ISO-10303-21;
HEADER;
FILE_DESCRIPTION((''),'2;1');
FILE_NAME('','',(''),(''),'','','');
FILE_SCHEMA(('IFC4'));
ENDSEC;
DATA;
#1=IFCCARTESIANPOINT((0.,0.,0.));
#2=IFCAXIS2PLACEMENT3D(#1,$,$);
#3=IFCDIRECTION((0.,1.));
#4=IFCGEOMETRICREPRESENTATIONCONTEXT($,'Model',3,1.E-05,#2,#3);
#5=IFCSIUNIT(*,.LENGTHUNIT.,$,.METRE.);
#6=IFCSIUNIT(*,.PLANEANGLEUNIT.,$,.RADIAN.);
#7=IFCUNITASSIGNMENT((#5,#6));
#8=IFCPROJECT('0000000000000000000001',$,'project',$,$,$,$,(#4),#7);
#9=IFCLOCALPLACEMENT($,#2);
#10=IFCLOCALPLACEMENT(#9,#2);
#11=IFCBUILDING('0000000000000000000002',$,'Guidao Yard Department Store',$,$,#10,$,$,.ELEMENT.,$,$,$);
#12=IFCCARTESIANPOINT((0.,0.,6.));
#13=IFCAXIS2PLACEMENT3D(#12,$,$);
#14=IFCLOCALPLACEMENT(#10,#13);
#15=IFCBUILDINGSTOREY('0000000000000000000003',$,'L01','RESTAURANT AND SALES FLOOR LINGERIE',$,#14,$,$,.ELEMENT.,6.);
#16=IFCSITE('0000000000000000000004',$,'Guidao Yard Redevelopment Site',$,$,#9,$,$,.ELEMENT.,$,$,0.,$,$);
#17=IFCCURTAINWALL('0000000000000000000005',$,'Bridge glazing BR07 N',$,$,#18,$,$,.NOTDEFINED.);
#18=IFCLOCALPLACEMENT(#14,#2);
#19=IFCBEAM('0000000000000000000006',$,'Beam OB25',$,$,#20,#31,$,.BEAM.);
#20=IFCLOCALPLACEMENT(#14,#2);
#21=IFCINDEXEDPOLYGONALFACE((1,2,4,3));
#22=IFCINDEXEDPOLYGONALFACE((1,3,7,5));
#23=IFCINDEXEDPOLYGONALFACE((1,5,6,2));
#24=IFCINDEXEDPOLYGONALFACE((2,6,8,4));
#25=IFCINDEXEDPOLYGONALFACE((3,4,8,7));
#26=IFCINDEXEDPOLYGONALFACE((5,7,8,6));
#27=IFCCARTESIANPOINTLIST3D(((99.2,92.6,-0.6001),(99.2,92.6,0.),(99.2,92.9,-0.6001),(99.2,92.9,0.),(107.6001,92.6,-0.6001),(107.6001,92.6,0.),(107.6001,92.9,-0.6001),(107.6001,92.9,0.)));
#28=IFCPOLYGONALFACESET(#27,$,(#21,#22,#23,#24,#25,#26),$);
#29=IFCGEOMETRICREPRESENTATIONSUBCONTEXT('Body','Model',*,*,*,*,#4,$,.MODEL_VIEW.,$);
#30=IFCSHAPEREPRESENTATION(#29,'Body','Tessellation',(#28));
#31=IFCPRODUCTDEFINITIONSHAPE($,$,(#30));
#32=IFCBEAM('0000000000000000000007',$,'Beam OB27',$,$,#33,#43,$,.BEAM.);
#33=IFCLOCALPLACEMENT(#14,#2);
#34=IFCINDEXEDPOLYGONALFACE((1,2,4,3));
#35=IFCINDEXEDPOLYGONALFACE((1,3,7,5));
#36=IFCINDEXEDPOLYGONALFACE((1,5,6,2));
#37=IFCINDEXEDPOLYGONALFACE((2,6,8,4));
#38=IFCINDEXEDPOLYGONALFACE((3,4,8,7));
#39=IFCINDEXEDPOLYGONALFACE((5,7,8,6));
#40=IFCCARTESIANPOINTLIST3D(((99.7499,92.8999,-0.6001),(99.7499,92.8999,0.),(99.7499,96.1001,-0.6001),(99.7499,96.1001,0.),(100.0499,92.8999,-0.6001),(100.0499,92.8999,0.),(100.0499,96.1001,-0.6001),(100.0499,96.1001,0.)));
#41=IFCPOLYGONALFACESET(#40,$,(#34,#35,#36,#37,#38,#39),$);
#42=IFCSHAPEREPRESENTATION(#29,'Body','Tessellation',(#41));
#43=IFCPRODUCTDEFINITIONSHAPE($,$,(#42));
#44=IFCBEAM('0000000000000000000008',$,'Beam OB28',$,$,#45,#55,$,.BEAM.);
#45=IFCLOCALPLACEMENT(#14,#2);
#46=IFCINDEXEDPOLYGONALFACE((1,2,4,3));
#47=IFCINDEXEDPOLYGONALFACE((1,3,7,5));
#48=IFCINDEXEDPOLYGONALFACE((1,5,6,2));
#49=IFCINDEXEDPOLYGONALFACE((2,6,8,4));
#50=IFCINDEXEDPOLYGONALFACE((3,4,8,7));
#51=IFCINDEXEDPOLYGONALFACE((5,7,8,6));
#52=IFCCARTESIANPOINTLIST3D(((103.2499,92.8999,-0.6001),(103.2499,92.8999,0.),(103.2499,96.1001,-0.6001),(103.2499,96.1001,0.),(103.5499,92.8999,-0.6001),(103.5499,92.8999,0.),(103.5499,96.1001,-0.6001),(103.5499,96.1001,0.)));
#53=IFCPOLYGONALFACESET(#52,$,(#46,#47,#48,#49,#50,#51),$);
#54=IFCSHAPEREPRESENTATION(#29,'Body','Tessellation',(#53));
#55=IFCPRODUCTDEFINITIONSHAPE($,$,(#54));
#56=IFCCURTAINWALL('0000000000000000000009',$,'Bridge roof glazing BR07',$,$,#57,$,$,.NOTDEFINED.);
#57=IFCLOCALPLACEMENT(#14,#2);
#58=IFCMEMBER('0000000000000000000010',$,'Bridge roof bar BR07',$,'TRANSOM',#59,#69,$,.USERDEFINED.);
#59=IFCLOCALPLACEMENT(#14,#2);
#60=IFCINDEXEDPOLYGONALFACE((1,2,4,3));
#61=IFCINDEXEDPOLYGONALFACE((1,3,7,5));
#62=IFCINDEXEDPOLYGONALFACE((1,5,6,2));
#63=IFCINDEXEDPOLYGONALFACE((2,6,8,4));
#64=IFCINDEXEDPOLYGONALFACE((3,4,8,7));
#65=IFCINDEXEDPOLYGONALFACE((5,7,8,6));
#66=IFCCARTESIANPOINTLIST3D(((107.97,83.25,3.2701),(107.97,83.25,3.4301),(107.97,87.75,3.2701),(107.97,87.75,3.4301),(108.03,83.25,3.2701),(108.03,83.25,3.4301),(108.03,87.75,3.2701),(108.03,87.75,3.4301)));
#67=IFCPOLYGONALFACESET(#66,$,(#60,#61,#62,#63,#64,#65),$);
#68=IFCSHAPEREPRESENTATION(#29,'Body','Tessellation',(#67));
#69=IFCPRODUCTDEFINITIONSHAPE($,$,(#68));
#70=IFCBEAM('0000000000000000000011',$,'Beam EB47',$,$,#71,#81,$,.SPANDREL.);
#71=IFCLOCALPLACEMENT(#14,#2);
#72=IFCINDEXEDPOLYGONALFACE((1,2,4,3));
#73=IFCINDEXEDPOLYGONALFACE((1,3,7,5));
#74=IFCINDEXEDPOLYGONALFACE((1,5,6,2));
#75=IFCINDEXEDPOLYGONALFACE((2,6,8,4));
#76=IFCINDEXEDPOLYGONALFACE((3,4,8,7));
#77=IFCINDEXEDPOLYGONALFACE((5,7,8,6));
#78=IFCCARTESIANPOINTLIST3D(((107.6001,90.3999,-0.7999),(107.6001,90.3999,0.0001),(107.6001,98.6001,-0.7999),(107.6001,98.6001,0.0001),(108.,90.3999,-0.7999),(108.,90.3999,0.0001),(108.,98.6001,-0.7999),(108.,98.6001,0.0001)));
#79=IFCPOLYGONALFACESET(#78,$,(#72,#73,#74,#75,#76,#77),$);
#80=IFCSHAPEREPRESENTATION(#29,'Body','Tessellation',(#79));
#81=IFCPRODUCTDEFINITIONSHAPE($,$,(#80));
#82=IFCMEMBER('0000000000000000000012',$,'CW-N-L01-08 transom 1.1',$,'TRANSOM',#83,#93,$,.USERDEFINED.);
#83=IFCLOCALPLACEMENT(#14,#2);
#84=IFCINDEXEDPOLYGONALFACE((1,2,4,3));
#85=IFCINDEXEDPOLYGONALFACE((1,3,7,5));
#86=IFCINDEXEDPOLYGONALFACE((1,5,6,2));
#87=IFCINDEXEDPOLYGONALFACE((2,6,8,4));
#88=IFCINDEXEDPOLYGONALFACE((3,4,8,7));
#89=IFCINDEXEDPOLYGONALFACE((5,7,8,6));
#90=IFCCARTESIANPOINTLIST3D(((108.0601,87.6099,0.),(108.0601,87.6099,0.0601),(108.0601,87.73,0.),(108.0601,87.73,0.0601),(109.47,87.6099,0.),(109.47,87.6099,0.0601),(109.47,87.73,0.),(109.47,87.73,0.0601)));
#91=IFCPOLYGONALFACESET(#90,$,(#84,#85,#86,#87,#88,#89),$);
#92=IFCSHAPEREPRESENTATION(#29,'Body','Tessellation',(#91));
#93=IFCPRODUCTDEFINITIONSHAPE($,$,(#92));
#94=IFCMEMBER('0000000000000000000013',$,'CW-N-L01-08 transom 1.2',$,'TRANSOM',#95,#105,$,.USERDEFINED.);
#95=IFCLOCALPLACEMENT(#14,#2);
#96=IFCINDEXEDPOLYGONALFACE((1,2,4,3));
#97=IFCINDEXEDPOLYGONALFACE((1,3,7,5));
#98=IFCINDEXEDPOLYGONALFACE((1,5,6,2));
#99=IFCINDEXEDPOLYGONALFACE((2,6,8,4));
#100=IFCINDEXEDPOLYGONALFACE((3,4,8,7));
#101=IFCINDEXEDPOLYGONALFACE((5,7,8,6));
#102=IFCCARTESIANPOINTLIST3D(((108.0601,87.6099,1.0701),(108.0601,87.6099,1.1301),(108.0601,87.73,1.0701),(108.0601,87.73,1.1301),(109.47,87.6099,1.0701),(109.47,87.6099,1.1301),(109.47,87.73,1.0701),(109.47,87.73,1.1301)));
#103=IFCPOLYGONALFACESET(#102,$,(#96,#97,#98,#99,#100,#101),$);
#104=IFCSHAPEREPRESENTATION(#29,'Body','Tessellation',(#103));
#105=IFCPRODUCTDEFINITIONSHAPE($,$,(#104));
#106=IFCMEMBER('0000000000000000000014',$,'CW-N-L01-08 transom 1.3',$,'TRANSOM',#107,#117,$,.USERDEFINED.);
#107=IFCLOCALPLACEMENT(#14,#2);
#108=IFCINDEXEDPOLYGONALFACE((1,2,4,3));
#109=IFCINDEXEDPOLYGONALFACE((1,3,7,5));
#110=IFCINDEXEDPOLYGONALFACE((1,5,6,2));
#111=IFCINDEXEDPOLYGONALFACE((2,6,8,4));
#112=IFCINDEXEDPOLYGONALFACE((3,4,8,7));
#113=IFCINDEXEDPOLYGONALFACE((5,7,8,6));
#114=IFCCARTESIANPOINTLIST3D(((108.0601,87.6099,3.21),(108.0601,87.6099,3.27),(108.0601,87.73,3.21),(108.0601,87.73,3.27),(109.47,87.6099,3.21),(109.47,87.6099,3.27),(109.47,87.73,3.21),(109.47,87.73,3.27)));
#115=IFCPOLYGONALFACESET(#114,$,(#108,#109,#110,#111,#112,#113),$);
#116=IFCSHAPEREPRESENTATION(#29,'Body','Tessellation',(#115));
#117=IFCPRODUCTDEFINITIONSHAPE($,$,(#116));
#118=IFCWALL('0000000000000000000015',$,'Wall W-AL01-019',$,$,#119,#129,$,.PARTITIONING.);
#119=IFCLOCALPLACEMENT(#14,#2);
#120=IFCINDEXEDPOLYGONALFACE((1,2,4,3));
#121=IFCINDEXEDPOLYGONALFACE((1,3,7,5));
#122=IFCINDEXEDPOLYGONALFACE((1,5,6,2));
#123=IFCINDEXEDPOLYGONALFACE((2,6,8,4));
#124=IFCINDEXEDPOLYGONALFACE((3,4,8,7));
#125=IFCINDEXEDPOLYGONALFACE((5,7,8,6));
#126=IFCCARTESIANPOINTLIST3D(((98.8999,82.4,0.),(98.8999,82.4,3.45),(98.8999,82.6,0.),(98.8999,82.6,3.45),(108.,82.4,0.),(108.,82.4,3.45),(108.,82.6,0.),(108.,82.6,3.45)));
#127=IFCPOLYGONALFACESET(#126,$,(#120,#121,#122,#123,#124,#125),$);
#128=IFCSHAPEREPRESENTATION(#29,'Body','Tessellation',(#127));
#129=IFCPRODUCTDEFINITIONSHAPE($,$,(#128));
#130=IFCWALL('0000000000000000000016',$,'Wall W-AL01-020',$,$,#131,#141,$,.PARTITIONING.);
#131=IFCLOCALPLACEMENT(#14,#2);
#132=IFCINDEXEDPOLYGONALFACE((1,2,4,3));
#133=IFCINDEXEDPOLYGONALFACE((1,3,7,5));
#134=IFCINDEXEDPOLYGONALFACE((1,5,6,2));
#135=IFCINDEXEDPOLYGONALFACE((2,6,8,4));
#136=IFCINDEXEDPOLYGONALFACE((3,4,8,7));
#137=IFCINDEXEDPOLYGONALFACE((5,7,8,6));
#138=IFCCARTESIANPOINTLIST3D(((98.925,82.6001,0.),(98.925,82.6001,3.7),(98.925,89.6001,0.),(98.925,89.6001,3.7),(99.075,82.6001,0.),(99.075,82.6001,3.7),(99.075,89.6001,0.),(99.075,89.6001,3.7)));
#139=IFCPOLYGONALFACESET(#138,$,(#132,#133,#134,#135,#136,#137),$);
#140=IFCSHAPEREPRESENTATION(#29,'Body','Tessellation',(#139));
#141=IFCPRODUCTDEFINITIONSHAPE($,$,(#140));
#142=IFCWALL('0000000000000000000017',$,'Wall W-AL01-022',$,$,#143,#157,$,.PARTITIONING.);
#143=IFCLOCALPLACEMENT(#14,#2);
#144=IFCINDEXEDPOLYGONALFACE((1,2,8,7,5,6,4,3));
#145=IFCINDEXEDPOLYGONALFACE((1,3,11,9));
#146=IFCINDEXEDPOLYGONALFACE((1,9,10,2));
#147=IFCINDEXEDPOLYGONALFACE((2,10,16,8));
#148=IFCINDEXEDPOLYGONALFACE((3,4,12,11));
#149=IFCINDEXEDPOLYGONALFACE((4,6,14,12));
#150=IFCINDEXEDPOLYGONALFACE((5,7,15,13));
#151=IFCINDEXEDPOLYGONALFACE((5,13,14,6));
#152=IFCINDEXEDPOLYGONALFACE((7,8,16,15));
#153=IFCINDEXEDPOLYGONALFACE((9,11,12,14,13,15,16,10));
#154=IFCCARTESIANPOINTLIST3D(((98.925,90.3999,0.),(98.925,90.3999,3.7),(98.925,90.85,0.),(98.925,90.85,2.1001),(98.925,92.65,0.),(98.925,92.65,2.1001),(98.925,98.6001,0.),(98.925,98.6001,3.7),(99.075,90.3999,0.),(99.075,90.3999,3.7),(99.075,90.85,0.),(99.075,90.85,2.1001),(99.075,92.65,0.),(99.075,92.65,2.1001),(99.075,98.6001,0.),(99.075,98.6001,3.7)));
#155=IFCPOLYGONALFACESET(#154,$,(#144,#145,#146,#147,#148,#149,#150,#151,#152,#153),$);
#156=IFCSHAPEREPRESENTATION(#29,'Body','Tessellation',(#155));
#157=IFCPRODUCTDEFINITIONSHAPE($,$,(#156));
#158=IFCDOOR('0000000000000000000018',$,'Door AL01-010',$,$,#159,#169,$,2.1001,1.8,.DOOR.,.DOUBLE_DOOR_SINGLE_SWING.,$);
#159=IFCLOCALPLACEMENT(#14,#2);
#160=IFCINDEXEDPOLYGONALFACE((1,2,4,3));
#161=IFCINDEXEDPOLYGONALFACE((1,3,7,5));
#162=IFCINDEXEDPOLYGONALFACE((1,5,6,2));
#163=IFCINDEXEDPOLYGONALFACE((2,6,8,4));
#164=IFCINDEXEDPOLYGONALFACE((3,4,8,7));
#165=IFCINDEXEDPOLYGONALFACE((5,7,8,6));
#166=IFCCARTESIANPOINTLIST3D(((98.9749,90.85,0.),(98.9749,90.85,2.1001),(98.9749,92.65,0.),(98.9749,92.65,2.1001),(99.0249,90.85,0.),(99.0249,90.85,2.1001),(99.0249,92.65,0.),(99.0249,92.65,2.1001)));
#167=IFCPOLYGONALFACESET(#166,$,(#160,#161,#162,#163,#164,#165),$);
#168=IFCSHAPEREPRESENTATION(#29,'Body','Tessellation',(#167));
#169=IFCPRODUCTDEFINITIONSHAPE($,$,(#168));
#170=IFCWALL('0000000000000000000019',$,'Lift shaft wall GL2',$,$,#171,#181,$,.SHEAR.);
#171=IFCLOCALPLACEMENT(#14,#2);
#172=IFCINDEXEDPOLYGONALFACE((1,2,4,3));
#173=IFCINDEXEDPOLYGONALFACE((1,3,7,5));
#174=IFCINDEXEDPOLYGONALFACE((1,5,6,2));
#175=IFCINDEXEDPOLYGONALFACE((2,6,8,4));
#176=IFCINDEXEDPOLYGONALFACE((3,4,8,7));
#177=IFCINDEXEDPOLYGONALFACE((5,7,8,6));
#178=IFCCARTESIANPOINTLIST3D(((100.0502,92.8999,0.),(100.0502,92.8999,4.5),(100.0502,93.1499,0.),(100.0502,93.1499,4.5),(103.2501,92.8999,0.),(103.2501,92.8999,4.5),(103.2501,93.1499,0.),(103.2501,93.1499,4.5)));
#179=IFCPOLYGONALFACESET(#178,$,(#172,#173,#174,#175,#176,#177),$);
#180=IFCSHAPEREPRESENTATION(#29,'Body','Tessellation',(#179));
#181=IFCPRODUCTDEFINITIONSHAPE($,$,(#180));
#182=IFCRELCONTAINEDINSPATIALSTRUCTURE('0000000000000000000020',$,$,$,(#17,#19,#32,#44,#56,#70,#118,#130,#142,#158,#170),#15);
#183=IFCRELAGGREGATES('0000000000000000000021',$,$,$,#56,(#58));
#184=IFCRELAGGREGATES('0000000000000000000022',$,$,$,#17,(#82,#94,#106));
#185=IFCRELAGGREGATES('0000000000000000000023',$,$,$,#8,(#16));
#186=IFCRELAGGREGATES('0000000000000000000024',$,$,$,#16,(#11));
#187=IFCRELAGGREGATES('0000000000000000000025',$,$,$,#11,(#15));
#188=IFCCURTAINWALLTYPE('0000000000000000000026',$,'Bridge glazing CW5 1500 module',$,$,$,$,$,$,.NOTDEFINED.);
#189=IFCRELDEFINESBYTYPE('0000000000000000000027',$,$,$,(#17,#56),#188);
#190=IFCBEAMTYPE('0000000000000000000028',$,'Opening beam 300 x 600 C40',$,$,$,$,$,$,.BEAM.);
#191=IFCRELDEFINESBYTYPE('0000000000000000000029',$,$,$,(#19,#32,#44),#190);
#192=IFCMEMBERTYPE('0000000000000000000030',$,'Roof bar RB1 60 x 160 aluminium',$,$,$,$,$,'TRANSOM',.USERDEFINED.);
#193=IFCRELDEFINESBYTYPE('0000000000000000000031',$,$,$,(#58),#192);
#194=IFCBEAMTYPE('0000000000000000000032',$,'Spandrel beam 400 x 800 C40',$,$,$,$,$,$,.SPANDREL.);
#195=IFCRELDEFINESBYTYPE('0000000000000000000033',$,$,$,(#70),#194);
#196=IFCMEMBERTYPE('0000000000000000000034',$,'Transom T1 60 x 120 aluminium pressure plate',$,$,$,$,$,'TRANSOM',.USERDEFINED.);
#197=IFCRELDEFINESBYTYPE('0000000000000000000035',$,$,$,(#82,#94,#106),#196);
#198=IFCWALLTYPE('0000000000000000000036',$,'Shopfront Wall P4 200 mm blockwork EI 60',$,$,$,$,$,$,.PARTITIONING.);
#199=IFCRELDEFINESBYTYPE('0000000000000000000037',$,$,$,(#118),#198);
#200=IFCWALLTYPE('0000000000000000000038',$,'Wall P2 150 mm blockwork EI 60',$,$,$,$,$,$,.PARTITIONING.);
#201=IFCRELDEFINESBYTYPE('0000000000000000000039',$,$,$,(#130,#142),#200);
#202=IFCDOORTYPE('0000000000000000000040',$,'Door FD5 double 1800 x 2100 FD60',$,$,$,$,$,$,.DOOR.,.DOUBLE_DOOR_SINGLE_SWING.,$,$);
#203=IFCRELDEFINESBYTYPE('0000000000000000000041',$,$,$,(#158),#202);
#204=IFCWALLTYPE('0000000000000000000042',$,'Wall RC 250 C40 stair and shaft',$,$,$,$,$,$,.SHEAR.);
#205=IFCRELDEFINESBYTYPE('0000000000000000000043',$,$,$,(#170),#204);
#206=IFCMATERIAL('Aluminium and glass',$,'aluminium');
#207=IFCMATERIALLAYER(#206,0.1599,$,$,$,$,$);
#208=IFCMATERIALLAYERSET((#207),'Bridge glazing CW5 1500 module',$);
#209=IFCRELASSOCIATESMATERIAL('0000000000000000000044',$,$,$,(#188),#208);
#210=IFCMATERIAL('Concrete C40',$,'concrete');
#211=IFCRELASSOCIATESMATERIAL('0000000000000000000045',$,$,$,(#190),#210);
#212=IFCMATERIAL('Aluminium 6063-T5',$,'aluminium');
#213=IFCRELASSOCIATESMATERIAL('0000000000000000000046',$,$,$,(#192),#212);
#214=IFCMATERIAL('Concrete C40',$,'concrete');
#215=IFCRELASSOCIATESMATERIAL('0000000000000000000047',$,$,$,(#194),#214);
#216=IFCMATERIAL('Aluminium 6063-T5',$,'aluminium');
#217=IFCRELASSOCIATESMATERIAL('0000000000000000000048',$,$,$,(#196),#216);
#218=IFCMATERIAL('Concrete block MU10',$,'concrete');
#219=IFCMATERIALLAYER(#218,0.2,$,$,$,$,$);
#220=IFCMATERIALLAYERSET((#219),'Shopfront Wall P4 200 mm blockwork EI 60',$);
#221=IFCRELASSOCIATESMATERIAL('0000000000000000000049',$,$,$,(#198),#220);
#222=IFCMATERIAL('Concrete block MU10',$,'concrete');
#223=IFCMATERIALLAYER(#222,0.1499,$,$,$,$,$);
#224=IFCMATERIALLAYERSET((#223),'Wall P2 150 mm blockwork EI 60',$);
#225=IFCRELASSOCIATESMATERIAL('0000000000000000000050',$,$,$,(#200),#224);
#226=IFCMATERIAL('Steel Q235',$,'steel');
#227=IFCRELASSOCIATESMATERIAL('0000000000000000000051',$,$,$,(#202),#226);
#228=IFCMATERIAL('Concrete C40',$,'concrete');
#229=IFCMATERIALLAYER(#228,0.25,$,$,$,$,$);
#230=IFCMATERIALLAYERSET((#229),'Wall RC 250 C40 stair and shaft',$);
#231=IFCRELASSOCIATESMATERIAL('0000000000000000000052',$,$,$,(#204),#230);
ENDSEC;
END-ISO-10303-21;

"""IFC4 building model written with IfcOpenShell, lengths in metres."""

from ifc_helpers import new_model, si_unit, direction, frame, frame_2d, origin, origin_2d, place, context, subcontext, project, spatial, rectangle, extrude, material, layer, layer_set, material_profile, profile_set, type_object, element, fill, aggregate, save


model = new_model("IFC4")

# Units and contexts
model_context = context("Model", 3, precision=1e-05, world=origin(), true_north=direction((0.0, 1.0)))
body_context = subcontext(model_context, "Body", "Model", "MODEL_VIEW")
ifc_project = project(units=[si_unit("LENGTHUNIT", "METRE"), si_unit("PLANEANGLEUNIT", "RADIAN")], contexts=[model_context])

# Site, building, storey
site_placement = place(None, origin())
site = spatial("IfcSite", under=ifc_project, at=site_placement, Name="Guidao Yard Redevelopment Site", CompositionType="ELEMENT", RefElevation=0.0)
building_placement = place(site_placement, origin())
building = spatial("IfcBuilding", under=site, at=building_placement, Name="Guidao Yard Department Store", CompositionType="ELEMENT")
storey_placement = place(building_placement, frame((0.0, 0.0, 6.0)))
storey = spatial("IfcBuildingStorey", under=building, at=storey_placement, Name="L01", Description="RESTAURANT AND SALES FLOOR LINGERIE", CompositionType="ELEMENT", Elevation=6.0)

# Curtain wall
ifc_material_1 = material(Name="Aluminium and glass", Category="aluminium")
ifc_layer_1 = layer(ifc_material_1, 0.1599)
ifc_layer_set_1 = layer_set([ifc_layer_1], Name="Bridge glazing CW5 1500 module")
curtain_wall_type = type_object("IfcCurtainWallType", Name="Bridge glazing CW5 1500 module", PredefinedType="NOTDEFINED", material=ifc_layer_set_1)
curtain_wall_1_placement = place(storey_placement, origin())
curtain_wall_1 = element("IfcCurtainWall", 1, at=curtain_wall_1_placement, inside=storey, type_object=curtain_wall_type, Name="Bridge glazing BR07 N", PredefinedType="NOTDEFINED")

# Beams
ifc_material_2 = material(Name="Concrete C40", Category="concrete")
ifc_material_profile_1 = material_profile(ifc_material_2, rectangle(XDim=0.3, YDim=0.6001, at=origin_2d()), Name="Opening beam 300 x 600 C40")
ifc_profile_set_1 = profile_set([ifc_material_profile_1], Name="Concrete C40")
beam_type_1 = type_object("IfcBeamType", Name="Opening beam 300 x 600 C40", PredefinedType="BEAM", material=ifc_profile_set_1)
beam_1_placement = place(storey_placement, frame((99.2, 92.75, -0.3), z_axis=(1.0, 0.0, 0.0), x_axis=(0.0, 1.0, 0.0)))
element("IfcBeam", 2, at=beam_1_placement, inside=storey, type_object=beam_type_1, Name="Beam OB25", PredefinedType="BEAM", context=body_context, shape_type="SweptSolid", body=[
    extrude(rectangle(XDim=0.3, YDim=0.6001, at=origin_2d()), origin(), (0.0, 0.0, 1.0), 8.4001),
])
for number, where, z_axis, x_axis, name in (
    (3, (99.8999, 92.8999, -0.3), (0.0, 1.0, 0.0), (-1.0, 0.0, 0.0), "Beam OB27"),
    (4, (103.3999, 92.8999, -0.3), (0.0, 1.0, 0.0), (-1.0, 0.0, 0.0), "Beam OB28"),
):
    element("IfcBeam", number, at=place(storey_placement, frame(where, z_axis=z_axis, x_axis=x_axis)), inside=storey, type_object=beam_type_1, Name=name, PredefinedType="BEAM", context=body_context, shape_type="SweptSolid", body=[
        extrude(rectangle(XDim=0.3, YDim=0.6001, at=origin_2d()), origin(), (0.0, 0.0, 1.0), 3.2002),
    ])

# Curtain wall, member
curtain_wall_2_placement = place(storey_placement, origin())
curtain_wall_2 = element("IfcCurtainWall", 5, at=curtain_wall_2_placement, inside=storey, type_object=curtain_wall_type, Name="Bridge roof glazing BR07", PredefinedType="NOTDEFINED")
ifc_material_3 = material(Name="Aluminium 6063-T5", Category="aluminium")
ifc_material_profile_2 = material_profile(ifc_material_3, rectangle(XDim=0.0601, YDim=0.1599, at=origin_2d()), Name="Roof bar RB1 60 x 160 aluminium")
ifc_profile_set_2 = profile_set([ifc_material_profile_2], Name="Aluminium 6063-T5")
member_type_1 = type_object("IfcMemberType", Name="Roof bar RB1 60 x 160 aluminium", ElementType="TRANSOM", PredefinedType="USERDEFINED", material=ifc_profile_set_2)
member_1_placement = place(storey_placement, frame((108.0, 83.25, 3.3501), z_axis=(0.0, 1.0, 0.0), x_axis=(-1.0, 0.0, 0.0)))
member_1 = element("IfcMember", 6, at=member_1_placement, type_object=member_type_1, Name="Bridge roof bar BR07", ObjectType="TRANSOM", PredefinedType="USERDEFINED", context=body_context, shape_type="SweptSolid", body=[
    extrude(rectangle(XDim=0.0601, YDim=0.1599, at=origin_2d()), origin(), (0.0, 0.0, 1.0), 4.5),
])
aggregate(curtain_wall_2, [member_1])

# Beam
ifc_material_4 = material(Name="Concrete C40", Category="concrete")
ifc_material_profile_3 = material_profile(ifc_material_4, rectangle(XDim=0.3999, YDim=0.8, at=origin_2d()), Name="Spandrel beam 400 x 800 C40")
ifc_profile_set_3 = profile_set([ifc_material_profile_3], Name="Concrete C40")
beam_type_2 = type_object("IfcBeamType", Name="Spandrel beam 400 x 800 C40", PredefinedType="SPANDREL", material=ifc_profile_set_3)
beam_2_placement = place(storey_placement, frame((107.8, 90.3999, -0.3999), z_axis=(0.0, 1.0, 0.0), x_axis=(-1.0, 0.0, 0.0)))
element("IfcBeam", 7, at=beam_2_placement, inside=storey, type_object=beam_type_2, Name="Beam EB47", PredefinedType="SPANDREL", context=body_context, shape_type="SweptSolid", body=[
    extrude(rectangle(XDim=0.3999, YDim=0.8, at=origin_2d()), origin(), (0.0, 0.0, 1.0), 8.2002),
])

# Members
ifc_material_5 = material(Name="Aluminium 6063-T5", Category="aluminium")
ifc_material_profile_4 = material_profile(ifc_material_5, rectangle(XDim=0.1201, YDim=0.0601, at=origin_2d()), Name="Transom T1 60 x 120 aluminium pressure plate")
ifc_profile_set_4 = profile_set([ifc_material_profile_4], Name="Aluminium 6063-T5")
member_type_2 = type_object("IfcMemberType", Name="Transom T1 60 x 120 aluminium pressure plate", ElementType="TRANSOM", PredefinedType="USERDEFINED", material=ifc_profile_set_4)
member_2_placement = place(storey_placement, frame((108.0601, 87.6699, 0.03), z_axis=(1.0, 0.0, 0.0), x_axis=(0.0, 1.0, 0.0)))
member_2 = element("IfcMember", 8, at=member_2_placement, type_object=member_type_2, Name="CW-N-L01-08 transom 1.1", ObjectType="TRANSOM", PredefinedType="USERDEFINED", context=body_context, shape_type="SweptSolid", body=[
    extrude(rectangle(XDim=0.1201, YDim=0.0601, at=origin_2d()), origin(), (0.0, 0.0, 1.0), 1.4099),
])
member_3_placement = place(storey_placement, frame((108.0601, 87.6699, 1.1001), z_axis=(1.0, 0.0, 0.0), x_axis=(0.0, 1.0, 0.0)))
member_3 = element("IfcMember", 9, at=member_3_placement, type_object=member_type_2, Name="CW-N-L01-08 transom 1.2", ObjectType="TRANSOM", PredefinedType="USERDEFINED", context=body_context, shape_type="SweptSolid", body=[
    extrude(rectangle(XDim=0.1201, YDim=0.0601, at=origin_2d()), origin(), (0.0, 0.0, 1.0), 1.4099),
])
member_4_placement = place(storey_placement, frame((108.0601, 87.6699, 3.24), z_axis=(1.0, 0.0, 0.0), x_axis=(0.0, 1.0, 0.0)))
member_4 = element("IfcMember", 10, at=member_4_placement, type_object=member_type_2, Name="CW-N-L01-08 transom 1.3", ObjectType="TRANSOM", PredefinedType="USERDEFINED", context=body_context, shape_type="SweptSolid", body=[
    extrude(rectangle(XDim=0.1201, YDim=0.0601, at=origin_2d()), origin(), (0.0, 0.0, 1.0), 1.4099),
])
aggregate(curtain_wall_1, [member_2, member_3, member_4])

# Walls
ifc_material_6 = material(Name="Concrete block MU10", Category="concrete")
ifc_layer_2 = layer(ifc_material_6, 0.2)
ifc_layer_set_2 = layer_set([ifc_layer_2], Name="Shopfront Wall P4 200 mm blockwork EI 60")
wall_type_1 = type_object("IfcWallType", Name="Shopfront Wall P4 200 mm blockwork EI 60", PredefinedType="PARTITIONING", material=ifc_layer_set_2)
wall_1_placement = place(storey_placement, frame((98.8999, 82.5, 0.0), z_axis=(0.0, 0.0, 1.0), x_axis=(1.0, 0.0, 0.0)))
element("IfcWall", 11, at=wall_1_placement, inside=storey, type_object=wall_type_1, Name="Wall W-AL01-019", PredefinedType="PARTITIONING", context=body_context, shape_type="SweptSolid", body=[
    extrude(rectangle(XDim=9.1001, YDim=0.2, at=frame_2d((4.55, 0.0))), origin(), (0.0, 0.0, 1.0), 3.45),
])
ifc_material_7 = material(Name="Concrete block MU10", Category="concrete")
ifc_layer_3 = layer(ifc_material_7, 0.1499)
ifc_layer_set_3 = layer_set([ifc_layer_3], Name="Wall P2 150 mm blockwork EI 60")
wall_type_2 = type_object("IfcWallType", Name="Wall P2 150 mm blockwork EI 60", PredefinedType="PARTITIONING", material=ifc_layer_set_3)
wall_2_placement = place(storey_placement, frame((99.0, 82.6001, 0.0), z_axis=(0.0, 0.0, 1.0), x_axis=(0.0, 1.0, 0.0)))
element("IfcWall", 12, at=wall_2_placement, inside=storey, type_object=wall_type_2, Name="Wall W-AL01-020", PredefinedType="PARTITIONING", context=body_context, shape_type="SweptSolid", body=[
    extrude(rectangle(XDim=7.0, YDim=0.1499, at=frame_2d((3.5, 0.0))), origin(), (0.0, 0.0, 1.0), 3.7),
])

# Wall, opening, door
wall_3_placement = place(storey_placement, frame((99.0, 90.3999, 0.0), z_axis=(0.0, 0.0, 1.0), x_axis=(0.0, 1.0, 0.0)))
wall_3 = element("IfcWall", 13, at=wall_3_placement, inside=storey, type_object=wall_type_2, Name="Wall W-AL01-022", PredefinedType="PARTITIONING", context=body_context, shape_type="SweptSolid", body=[
    extrude(rectangle(XDim=8.2002, YDim=0.1499, at=frame_2d((4.1001, 0.0))), origin(), (0.0, 0.0, 1.0), 3.7),
])
opening_placement = place(wall_3_placement, frame((2.25, 0.0, 0.0), z_axis=(0.0, 0.0, 1.0), x_axis=(-1.0, 0.0, 0.0)))
opening = element("IfcOpeningElement", 14, at=opening_placement, cuts=wall_3, PredefinedType="OPENING", context=body_context, shape_type="SweptSolid", body=[
    extrude(rectangle(XDim=1.8, YDim=2.1001, at=frame_2d((0.8999, 1.05))), frame((0.0, 0.085, 0.0), z_axis=(0.0, -1.0, 0.0), x_axis=(1.0, 0.0, 0.0)), (0.0, 0.0, 1.0), 0.1699),
])
ifc_material_8 = material(Name="Steel Q235", Category="steel")
door_type = type_object("IfcDoorType", Name="Door FD5 double 1800 x 2100 FD60", OperationType="DOUBLE_DOOR_SINGLE_SWING", PredefinedType="DOOR", material=ifc_material_8)
door_placement = place(opening_placement, origin())
door = element("IfcDoor", 15, at=door_placement, inside=storey, type_object=door_type, Name="Door AL01-010", OperationType="DOUBLE_DOOR_SINGLE_SWING", OverallHeight=2.1001, OverallWidth=1.8, PredefinedType="DOOR", context=body_context, shape_type="SweptSolid", body=[
    extrude(rectangle(XDim=1.8, YDim=2.1001, at=frame_2d((0.8999, 1.05))), frame((0.0, 0.0249, 0.0), z_axis=(0.0, -1.0, 0.0), x_axis=(1.0, 0.0, 0.0)), (0.0, 0.0, 1.0), 0.05),
])
fill(opening, door)

# Wall
ifc_material_9 = material(Name="Concrete C40", Category="concrete")
ifc_layer_4 = layer(ifc_material_9, 0.25)
ifc_layer_set_4 = layer_set([ifc_layer_4], Name="Wall RC 250 C40 stair and shaft")
wall_type_3 = type_object("IfcWallType", Name="Wall RC 250 C40 stair and shaft", PredefinedType="SHEAR", material=ifc_layer_set_4)
wall_4_placement = place(storey_placement, frame((100.05, 93.0249, 0.0), z_axis=(0.0, 0.0, 1.0), x_axis=(1.0, 0.0, 0.0)))
element("IfcWall", 16, at=wall_4_placement, inside=storey, type_object=wall_type_3, Name="Lift shaft wall GL2", PredefinedType="SHEAR", context=body_context, shape_type="SweptSolid", body=[
    extrude(rectangle(XDim=3.2, YDim=0.25, at=frame_2d((1.6001, 0.0))), origin(), (0.0, 0.0, 1.0), 4.5),
])

save(model, "model.ifc")
